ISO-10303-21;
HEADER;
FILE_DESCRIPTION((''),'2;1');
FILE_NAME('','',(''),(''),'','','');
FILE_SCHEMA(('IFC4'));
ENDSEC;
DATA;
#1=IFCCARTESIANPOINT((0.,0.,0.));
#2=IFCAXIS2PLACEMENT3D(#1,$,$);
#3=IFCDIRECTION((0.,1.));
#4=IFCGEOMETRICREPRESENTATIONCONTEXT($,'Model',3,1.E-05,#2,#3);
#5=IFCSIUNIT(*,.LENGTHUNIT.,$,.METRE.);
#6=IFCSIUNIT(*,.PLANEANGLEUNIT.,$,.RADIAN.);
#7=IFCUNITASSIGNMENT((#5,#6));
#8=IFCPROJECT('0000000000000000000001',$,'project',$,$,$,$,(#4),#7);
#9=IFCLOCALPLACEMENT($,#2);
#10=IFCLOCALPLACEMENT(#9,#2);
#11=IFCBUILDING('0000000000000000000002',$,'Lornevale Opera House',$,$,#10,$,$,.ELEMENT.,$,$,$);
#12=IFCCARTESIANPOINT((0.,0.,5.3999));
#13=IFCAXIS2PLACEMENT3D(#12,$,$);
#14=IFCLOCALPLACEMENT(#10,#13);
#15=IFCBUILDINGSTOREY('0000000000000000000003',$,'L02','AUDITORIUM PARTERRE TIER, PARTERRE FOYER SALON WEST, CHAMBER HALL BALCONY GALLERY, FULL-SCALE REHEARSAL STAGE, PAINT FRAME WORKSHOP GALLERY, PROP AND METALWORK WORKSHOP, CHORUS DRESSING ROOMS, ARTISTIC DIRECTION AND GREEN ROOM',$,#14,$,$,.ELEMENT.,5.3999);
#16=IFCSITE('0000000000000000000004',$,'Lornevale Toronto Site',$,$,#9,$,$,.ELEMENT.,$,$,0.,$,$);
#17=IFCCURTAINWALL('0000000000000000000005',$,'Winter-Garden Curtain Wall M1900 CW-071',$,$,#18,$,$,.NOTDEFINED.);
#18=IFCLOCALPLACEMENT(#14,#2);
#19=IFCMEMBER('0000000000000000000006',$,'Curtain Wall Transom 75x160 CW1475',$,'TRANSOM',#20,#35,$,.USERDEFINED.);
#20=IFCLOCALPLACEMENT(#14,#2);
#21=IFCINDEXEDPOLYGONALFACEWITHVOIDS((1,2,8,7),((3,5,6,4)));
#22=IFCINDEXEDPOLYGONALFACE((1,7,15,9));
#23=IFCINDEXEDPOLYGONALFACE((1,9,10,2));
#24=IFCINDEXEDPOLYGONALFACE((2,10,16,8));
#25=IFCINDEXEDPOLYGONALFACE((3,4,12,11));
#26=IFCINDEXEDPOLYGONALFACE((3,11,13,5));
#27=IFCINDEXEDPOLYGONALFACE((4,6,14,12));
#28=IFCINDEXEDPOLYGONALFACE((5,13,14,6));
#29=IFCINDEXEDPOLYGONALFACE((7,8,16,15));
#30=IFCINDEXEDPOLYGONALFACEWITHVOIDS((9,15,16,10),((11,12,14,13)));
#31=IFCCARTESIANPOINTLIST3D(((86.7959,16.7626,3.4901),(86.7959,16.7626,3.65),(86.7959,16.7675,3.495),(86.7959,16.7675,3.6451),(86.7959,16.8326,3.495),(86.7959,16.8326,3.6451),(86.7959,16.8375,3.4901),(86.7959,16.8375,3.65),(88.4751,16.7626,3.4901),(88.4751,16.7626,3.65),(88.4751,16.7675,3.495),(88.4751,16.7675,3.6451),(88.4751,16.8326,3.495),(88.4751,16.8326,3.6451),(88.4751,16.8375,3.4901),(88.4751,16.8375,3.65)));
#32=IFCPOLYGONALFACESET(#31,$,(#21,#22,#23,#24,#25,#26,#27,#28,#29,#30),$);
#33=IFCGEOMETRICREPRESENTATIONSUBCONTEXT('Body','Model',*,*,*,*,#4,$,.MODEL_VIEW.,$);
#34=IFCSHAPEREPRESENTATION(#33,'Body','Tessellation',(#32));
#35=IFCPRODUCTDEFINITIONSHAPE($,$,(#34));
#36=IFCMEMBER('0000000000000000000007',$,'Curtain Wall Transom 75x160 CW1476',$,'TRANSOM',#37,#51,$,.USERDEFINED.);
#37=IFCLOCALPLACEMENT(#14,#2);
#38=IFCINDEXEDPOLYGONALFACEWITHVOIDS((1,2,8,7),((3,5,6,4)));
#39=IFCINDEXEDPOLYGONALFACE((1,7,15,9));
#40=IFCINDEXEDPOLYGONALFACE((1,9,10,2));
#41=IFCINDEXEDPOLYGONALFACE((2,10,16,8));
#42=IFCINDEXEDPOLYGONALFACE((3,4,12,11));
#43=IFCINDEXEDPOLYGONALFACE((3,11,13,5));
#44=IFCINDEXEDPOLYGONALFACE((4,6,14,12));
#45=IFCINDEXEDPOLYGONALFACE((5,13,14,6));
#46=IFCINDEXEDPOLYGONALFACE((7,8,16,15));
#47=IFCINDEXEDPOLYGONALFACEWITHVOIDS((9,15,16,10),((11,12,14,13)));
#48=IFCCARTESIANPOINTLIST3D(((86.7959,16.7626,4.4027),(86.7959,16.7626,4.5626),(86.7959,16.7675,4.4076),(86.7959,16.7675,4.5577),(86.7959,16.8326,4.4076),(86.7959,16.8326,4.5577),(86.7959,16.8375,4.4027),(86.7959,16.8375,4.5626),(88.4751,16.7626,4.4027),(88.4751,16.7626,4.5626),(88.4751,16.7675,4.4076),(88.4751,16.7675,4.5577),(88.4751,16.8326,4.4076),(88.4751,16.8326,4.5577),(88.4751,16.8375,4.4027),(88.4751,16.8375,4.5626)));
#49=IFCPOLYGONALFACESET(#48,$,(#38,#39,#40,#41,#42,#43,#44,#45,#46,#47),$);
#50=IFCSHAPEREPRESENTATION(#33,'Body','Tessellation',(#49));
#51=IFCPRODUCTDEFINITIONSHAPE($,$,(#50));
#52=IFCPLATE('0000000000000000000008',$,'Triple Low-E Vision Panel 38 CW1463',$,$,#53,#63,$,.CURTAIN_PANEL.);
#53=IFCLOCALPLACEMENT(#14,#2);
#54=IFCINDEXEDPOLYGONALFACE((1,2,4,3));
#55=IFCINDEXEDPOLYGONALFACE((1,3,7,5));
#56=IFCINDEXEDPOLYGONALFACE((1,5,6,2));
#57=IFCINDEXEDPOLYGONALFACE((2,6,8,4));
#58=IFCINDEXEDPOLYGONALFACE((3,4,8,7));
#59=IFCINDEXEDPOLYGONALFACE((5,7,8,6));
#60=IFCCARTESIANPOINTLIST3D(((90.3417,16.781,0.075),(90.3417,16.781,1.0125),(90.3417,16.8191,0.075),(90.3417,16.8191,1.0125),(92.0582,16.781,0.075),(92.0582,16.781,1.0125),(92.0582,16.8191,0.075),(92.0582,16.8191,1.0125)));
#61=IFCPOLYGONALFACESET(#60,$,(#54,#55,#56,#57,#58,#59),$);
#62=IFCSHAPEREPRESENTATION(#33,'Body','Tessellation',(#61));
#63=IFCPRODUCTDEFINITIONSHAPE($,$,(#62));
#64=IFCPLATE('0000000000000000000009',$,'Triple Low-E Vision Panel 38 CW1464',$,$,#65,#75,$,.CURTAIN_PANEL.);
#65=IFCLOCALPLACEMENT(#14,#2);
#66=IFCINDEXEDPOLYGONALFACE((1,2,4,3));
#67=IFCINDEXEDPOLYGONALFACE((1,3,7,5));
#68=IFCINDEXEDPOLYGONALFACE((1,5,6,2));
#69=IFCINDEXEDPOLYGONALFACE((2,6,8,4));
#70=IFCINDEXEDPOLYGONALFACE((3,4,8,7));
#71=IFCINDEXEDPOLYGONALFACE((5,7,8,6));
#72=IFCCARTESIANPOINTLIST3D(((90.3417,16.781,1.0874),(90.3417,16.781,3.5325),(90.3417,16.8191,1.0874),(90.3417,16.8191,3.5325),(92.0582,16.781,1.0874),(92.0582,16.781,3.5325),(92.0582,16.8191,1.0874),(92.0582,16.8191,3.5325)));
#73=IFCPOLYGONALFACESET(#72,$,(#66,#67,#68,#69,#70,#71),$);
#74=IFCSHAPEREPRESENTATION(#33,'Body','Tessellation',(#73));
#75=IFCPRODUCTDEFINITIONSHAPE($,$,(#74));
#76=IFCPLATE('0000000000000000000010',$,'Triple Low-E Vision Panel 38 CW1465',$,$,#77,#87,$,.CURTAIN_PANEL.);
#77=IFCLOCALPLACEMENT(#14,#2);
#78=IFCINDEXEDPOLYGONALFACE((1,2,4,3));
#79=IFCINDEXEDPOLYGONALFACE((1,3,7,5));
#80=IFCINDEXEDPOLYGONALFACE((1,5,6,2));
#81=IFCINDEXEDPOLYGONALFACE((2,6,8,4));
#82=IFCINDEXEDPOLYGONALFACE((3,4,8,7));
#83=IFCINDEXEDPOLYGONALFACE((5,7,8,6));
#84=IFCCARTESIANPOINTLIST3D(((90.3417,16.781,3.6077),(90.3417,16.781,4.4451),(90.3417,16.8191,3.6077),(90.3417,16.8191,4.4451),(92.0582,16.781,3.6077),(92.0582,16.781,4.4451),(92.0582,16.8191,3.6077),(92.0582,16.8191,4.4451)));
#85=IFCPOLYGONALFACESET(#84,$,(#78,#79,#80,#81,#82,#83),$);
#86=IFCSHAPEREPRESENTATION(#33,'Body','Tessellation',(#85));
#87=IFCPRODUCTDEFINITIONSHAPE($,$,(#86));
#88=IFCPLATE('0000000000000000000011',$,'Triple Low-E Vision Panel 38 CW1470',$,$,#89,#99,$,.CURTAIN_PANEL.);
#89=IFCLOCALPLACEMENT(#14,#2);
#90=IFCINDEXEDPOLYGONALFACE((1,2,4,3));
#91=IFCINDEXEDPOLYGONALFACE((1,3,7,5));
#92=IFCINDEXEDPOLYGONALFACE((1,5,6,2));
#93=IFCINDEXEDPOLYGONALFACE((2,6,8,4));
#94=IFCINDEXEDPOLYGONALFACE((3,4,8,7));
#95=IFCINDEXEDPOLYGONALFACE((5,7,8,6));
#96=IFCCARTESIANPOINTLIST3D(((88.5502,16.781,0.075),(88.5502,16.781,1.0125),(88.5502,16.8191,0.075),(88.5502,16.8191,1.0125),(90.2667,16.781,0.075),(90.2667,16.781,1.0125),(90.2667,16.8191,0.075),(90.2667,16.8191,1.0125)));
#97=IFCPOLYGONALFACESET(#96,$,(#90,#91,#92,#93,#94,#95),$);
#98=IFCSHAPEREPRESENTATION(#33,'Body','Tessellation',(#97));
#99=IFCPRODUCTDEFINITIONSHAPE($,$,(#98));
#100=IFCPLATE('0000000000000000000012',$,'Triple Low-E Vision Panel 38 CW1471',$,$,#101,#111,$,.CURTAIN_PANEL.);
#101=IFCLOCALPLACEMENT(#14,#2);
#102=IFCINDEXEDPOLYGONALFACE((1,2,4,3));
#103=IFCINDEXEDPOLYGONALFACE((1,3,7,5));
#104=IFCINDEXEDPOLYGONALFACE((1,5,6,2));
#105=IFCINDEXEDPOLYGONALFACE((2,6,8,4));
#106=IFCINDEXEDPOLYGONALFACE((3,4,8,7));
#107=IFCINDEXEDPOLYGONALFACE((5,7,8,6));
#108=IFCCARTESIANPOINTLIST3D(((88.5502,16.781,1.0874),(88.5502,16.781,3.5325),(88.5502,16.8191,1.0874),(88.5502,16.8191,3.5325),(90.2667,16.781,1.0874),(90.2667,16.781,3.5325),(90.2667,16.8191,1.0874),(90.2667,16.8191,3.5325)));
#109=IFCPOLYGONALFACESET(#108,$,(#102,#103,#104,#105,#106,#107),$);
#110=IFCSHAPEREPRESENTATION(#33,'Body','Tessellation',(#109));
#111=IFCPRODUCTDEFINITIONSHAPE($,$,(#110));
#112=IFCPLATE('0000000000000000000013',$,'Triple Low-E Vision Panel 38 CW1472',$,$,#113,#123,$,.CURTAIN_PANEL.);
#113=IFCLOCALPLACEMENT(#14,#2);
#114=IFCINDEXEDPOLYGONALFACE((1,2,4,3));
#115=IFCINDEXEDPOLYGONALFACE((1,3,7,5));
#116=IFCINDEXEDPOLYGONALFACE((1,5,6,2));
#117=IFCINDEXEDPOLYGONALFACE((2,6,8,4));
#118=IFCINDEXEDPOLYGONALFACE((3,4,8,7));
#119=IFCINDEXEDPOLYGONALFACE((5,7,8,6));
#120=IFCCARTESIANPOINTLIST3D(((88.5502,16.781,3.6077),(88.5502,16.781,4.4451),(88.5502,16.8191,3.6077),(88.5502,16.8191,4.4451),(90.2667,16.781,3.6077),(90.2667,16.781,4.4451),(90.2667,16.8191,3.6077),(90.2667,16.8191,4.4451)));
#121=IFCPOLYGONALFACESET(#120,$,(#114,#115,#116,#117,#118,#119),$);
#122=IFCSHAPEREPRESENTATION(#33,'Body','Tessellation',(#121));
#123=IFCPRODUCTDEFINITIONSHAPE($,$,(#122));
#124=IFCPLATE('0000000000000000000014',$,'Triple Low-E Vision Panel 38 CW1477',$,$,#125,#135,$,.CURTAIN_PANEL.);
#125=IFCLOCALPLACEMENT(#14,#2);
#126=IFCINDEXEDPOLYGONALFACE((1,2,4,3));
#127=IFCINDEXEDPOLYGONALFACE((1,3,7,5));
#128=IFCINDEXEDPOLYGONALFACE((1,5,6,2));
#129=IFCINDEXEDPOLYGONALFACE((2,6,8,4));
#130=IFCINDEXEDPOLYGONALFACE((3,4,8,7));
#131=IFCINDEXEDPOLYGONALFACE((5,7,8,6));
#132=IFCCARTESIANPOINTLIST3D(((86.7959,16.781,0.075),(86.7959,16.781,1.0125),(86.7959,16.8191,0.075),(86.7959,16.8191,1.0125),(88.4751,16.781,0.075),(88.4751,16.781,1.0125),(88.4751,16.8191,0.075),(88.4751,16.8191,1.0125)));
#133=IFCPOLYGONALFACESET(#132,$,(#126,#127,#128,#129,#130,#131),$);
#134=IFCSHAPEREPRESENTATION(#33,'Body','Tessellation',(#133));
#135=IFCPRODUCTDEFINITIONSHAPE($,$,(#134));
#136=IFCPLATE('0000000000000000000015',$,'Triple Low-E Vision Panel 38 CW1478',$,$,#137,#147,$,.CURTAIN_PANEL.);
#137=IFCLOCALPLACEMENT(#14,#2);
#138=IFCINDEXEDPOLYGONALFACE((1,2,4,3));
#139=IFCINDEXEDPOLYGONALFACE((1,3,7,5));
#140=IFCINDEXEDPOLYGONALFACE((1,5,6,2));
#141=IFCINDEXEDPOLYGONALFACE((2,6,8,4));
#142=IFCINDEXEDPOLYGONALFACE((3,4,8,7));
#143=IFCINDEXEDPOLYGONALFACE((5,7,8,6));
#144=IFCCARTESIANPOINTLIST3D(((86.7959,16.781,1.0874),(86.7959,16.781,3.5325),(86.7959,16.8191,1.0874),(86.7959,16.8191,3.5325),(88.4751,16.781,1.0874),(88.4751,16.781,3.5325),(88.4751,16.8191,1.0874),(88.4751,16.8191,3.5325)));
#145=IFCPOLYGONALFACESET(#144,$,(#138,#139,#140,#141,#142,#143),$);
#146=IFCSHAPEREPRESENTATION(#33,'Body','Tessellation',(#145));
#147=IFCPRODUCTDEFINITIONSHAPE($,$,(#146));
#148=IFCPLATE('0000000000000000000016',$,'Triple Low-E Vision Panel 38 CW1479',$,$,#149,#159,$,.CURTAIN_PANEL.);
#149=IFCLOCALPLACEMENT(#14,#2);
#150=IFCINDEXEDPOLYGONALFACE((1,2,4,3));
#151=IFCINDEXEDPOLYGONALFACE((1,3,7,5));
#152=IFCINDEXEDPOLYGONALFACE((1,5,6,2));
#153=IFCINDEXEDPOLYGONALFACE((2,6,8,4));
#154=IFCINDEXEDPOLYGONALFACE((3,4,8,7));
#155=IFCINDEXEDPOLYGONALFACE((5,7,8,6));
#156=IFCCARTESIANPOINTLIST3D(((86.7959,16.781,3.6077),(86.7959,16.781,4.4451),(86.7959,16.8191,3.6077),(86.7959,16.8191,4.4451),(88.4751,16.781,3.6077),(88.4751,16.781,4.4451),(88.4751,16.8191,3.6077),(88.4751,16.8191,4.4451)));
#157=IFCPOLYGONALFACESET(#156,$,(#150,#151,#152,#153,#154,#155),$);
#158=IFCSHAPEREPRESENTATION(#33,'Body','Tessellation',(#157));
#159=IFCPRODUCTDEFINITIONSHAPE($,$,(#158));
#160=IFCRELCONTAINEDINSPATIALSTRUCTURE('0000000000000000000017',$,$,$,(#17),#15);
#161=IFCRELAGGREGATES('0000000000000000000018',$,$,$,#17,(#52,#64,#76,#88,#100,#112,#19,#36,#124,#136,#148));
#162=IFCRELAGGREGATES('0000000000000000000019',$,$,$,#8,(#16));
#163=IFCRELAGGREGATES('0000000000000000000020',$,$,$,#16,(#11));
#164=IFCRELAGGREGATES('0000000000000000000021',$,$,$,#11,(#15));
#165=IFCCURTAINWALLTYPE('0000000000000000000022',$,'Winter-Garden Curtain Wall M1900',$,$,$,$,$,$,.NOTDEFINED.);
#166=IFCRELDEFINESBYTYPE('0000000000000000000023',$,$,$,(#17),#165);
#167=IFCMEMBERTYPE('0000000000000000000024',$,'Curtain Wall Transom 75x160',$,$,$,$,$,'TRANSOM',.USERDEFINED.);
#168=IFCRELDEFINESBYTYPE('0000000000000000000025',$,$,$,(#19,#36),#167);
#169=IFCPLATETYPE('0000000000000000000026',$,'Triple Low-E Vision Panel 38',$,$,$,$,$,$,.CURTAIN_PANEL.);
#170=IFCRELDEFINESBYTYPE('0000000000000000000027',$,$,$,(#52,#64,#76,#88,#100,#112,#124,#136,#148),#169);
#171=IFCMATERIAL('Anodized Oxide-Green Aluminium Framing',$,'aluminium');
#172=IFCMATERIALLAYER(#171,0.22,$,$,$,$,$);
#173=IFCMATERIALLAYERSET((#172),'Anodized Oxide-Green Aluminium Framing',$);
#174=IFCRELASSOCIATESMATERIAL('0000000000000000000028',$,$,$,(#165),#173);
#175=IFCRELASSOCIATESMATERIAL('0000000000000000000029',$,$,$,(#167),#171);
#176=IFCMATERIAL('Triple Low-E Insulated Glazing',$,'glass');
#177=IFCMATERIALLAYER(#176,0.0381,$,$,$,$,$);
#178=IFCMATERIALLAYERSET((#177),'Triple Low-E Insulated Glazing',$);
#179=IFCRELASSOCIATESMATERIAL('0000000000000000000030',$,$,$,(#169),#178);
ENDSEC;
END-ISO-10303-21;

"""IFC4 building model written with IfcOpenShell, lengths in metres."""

from ifc_helpers import new_model, si_unit, direction, frame, origin, origin_2d, place, context, subcontext, project, spatial, rectangle, hollow_rectangle, extrude, material, layer, layer_set, material_profile, profile_set, type_object, element, aggregate, save


model = new_model("IFC4")

# Units and contexts
model_context = context("Model", 3, precision=1e-05, world=origin(), true_north=direction((0.0, 1.0)))
body_context = subcontext(model_context, "Body", "Model", "MODEL_VIEW")
ifc_project = project(units=[si_unit("LENGTHUNIT", "METRE"), si_unit("PLANEANGLEUNIT", "RADIAN")], contexts=[model_context])

# Site, building, storey
site_placement = place(None, origin())
site = spatial("IfcSite", under=ifc_project, at=site_placement, Name="Lornevale Toronto Site", CompositionType="ELEMENT", RefElevation=0.0)
building_placement = place(site_placement, origin())
building = spatial("IfcBuilding", under=site, at=building_placement, Name="Lornevale Opera House", CompositionType="ELEMENT")
storey_placement = place(building_placement, frame((0.0, 0.0, 5.3999)))
storey = spatial("IfcBuildingStorey", under=building, at=storey_placement, Name="L02", Description="AUDITORIUM PARTERRE TIER, PARTERRE FOYER SALON WEST, CHAMBER HALL BALCONY GALLERY, FULL-SCALE REHEARSAL STAGE, PAINT FRAME WORKSHOP GALLERY, PROP AND METALWORK WORKSHOP, CHORUS DRESSING ROOMS, ARTISTIC DIRECTION AND GREEN ROOM", CompositionType="ELEMENT", Elevation=5.3999)

# Curtain wall, members, plates
ifc_material_1 = material(Name="Anodized Oxide-Green Aluminium Framing", Category="aluminium")
ifc_layer_1 = layer(ifc_material_1, 0.22)
ifc_layer_set_1 = layer_set([ifc_layer_1], Name="Anodized Oxide-Green Aluminium Framing")
curtain_wall_type = type_object("IfcCurtainWallType", Name="Winter-Garden Curtain Wall M1900", PredefinedType="NOTDEFINED", material=ifc_layer_set_1)
curtain_wall_placement = place(storey_placement, origin())
curtain_wall = element("IfcCurtainWall", 1, at=curtain_wall_placement, inside=storey, type_object=curtain_wall_type, Name="Winter-Garden Curtain Wall M1900 CW-071", PredefinedType="NOTDEFINED")
ifc_material_profile_1 = material_profile(ifc_material_1, hollow_rectangle(XDim=0.075, YDim=0.1599, WallThickness=0.0049, at=origin_2d()), Name="ALU75x160x5")
ifc_profile_set_1 = profile_set([ifc_material_profile_1], Name="Anodized Oxide-Green Aluminium Framing")
member_type_1 = type_object("IfcMemberType", Name="Curtain Wall Transom 75x160", ElementType="TRANSOM", PredefinedType="USERDEFINED", material=ifc_profile_set_1)
member_1_placement = place(storey_placement, frame((88.4751, 16.8, 3.5701), z_axis=(-1.0, 0.0, 0.0), x_axis=(0.0, -1.0, 0.0)))
member_1 = element("IfcMember", 2, at=member_1_placement, type_object=member_type_1, Name="Curtain Wall Transom 75x160 CW1475", ObjectType="TRANSOM", PredefinedType="USERDEFINED", context=body_context, shape_type="SweptSolid", body=[
    extrude(hollow_rectangle(XDim=0.075, YDim=0.1599, WallThickness=0.0049, at=origin_2d()), origin(), (0.0, 0.0, 1.0), 1.6792),
])
member_2_placement = place(storey_placement, frame((88.4751, 16.8, 4.4827), z_axis=(-1.0, 0.0, 0.0), x_axis=(0.0, -1.0, 0.0)))
member_2 = element("IfcMember", 3, at=member_2_placement, type_object=member_type_1, Name="Curtain Wall Transom 75x160 CW1476", ObjectType="TRANSOM", PredefinedType="USERDEFINED", context=body_context, shape_type="SweptSolid", body=[
    extrude(hollow_rectangle(XDim=0.075, YDim=0.1599, WallThickness=0.0049, at=origin_2d()), origin(), (0.0, 0.0, 1.0), 1.6792),
])
ifc_material_2 = material(Name="Triple Low-E Insulated Glazing", Category="glass")
ifc_layer_2 = layer(ifc_material_2, 0.0381)
ifc_layer_set_2 = layer_set([ifc_layer_2], Name="Triple Low-E Insulated Glazing")
plate_type = type_object("IfcPlateType", Name="Triple Low-E Vision Panel 38", PredefinedType="CURTAIN_PANEL", material=ifc_layer_set_2)
plate_1_placement = place(storey_placement, frame((91.2, 16.8, 0.075), z_axis=(0.0, 0.0, 1.0), x_axis=(-1.0, 0.0, 0.0)))
plate_1 = element("IfcPlate", 4, at=plate_1_placement, type_object=plate_type, Name="Triple Low-E Vision Panel 38 CW1463", PredefinedType="CURTAIN_PANEL", context=body_context, shape_type="SweptSolid", body=[
    extrude(rectangle(XDim=1.7166, YDim=0.0381, at=origin_2d()), origin(), (0.0, 0.0, 1.0), 0.9375),
])
plate_2_placement = place(storey_placement, frame((91.2, 16.8, 1.0874), z_axis=(0.0, 0.0, 1.0), x_axis=(-1.0, 0.0, 0.0)))
plate_2 = element("IfcPlate", 5, at=plate_2_placement, type_object=plate_type, Name="Triple Low-E Vision Panel 38 CW1464", PredefinedType="CURTAIN_PANEL", context=body_context, shape_type="SweptSolid", body=[
    extrude(rectangle(XDim=1.7166, YDim=0.0381, at=origin_2d()), origin(), (0.0, 0.0, 1.0), 2.4451),
])
plate_3_placement = place(storey_placement, frame((91.2, 16.8, 3.6077), z_axis=(0.0, 0.0, 1.0), x_axis=(-1.0, 0.0, 0.0)))
plate_3 = element("IfcPlate", 6, at=plate_3_placement, type_object=plate_type, Name="Triple Low-E Vision Panel 38 CW1465", PredefinedType="CURTAIN_PANEL", context=body_context, shape_type="SweptSolid", body=[
    extrude(rectangle(XDim=1.7166, YDim=0.0381, at=origin_2d()), origin(), (0.0, 0.0, 1.0), 0.8374),
])
plate_4_placement = place(storey_placement, frame((89.4084, 16.8, 0.075), z_axis=(0.0, 0.0, 1.0), x_axis=(-1.0, 0.0, 0.0)))
plate_4 = element("IfcPlate", 7, at=plate_4_placement, type_object=plate_type, Name="Triple Low-E Vision Panel 38 CW1470", PredefinedType="CURTAIN_PANEL", context=body_context, shape_type="SweptSolid", body=[
    extrude(rectangle(XDim=1.7166, YDim=0.0381, at=origin_2d()), origin(), (0.0, 0.0, 1.0), 0.9375),
])
plate_5_placement = place(storey_placement, frame((89.4084, 16.8, 1.0874), z_axis=(0.0, 0.0, 1.0), x_axis=(-1.0, 0.0, 0.0)))
plate_5 = element("IfcPlate", 8, at=plate_5_placement, type_object=plate_type, Name="Triple Low-E Vision Panel 38 CW1471", PredefinedType="CURTAIN_PANEL", context=body_context, shape_type="SweptSolid", body=[
    extrude(rectangle(XDim=1.7166, YDim=0.0381, at=origin_2d()), origin(), (0.0, 0.0, 1.0), 2.4451),
])
plate_6_placement = place(storey_placement, frame((89.4084, 16.8, 3.6077), z_axis=(0.0, 0.0, 1.0), x_axis=(-1.0, 0.0, 0.0)))
plate_6 = element("IfcPlate", 9, at=plate_6_placement, type_object=plate_type, Name="Triple Low-E Vision Panel 38 CW1472", PredefinedType="CURTAIN_PANEL", context=body_context, shape_type="SweptSolid", body=[
    extrude(rectangle(XDim=1.7166, YDim=0.0381, at=origin_2d()), origin(), (0.0, 0.0, 1.0), 0.8374),
])
plate_7_placement = place(storey_placement, frame((87.6355, 16.8, 0.075), z_axis=(0.0, 0.0, 1.0), x_axis=(-1.0, 0.0, 0.0)))
plate_7 = element("IfcPlate", 10, at=plate_7_placement, type_object=plate_type, Name="Triple Low-E Vision Panel 38 CW1477", PredefinedType="CURTAIN_PANEL", context=body_context, shape_type="SweptSolid", body=[
    extrude(rectangle(XDim=1.6792, YDim=0.0381, at=origin_2d()), origin(), (0.0, 0.0, 1.0), 0.9375),
])
plate_8_placement = place(storey_placement, frame((87.6355, 16.8, 1.0874), z_axis=(0.0, 0.0, 1.0), x_axis=(-1.0, 0.0, 0.0)))
plate_8 = element("IfcPlate", 11, at=plate_8_placement, type_object=plate_type, Name="Triple Low-E Vision Panel 38 CW1478", PredefinedType="CURTAIN_PANEL", context=body_context, shape_type="SweptSolid", body=[
    extrude(rectangle(XDim=1.6792, YDim=0.0381, at=origin_2d()), origin(), (0.0, 0.0, 1.0), 2.4451),
])
plate_9_placement = place(storey_placement, frame((87.6355, 16.8, 3.6077), z_axis=(0.0, 0.0, 1.0), x_axis=(-1.0, 0.0, 0.0)))
plate_9 = element("IfcPlate", 12, at=plate_9_placement, type_object=plate_type, Name="Triple Low-E Vision Panel 38 CW1479", PredefinedType="CURTAIN_PANEL", context=body_context, shape_type="SweptSolid", body=[
    extrude(rectangle(XDim=1.6792, YDim=0.0381, at=origin_2d()), origin(), (0.0, 0.0, 1.0), 0.8374),
])
aggregate(curtain_wall, [plate_1, plate_2, plate_3, plate_4, plate_5, plate_6, member_1, member_2, plate_7, plate_8, plate_9])

save(model, "model.ifc")
